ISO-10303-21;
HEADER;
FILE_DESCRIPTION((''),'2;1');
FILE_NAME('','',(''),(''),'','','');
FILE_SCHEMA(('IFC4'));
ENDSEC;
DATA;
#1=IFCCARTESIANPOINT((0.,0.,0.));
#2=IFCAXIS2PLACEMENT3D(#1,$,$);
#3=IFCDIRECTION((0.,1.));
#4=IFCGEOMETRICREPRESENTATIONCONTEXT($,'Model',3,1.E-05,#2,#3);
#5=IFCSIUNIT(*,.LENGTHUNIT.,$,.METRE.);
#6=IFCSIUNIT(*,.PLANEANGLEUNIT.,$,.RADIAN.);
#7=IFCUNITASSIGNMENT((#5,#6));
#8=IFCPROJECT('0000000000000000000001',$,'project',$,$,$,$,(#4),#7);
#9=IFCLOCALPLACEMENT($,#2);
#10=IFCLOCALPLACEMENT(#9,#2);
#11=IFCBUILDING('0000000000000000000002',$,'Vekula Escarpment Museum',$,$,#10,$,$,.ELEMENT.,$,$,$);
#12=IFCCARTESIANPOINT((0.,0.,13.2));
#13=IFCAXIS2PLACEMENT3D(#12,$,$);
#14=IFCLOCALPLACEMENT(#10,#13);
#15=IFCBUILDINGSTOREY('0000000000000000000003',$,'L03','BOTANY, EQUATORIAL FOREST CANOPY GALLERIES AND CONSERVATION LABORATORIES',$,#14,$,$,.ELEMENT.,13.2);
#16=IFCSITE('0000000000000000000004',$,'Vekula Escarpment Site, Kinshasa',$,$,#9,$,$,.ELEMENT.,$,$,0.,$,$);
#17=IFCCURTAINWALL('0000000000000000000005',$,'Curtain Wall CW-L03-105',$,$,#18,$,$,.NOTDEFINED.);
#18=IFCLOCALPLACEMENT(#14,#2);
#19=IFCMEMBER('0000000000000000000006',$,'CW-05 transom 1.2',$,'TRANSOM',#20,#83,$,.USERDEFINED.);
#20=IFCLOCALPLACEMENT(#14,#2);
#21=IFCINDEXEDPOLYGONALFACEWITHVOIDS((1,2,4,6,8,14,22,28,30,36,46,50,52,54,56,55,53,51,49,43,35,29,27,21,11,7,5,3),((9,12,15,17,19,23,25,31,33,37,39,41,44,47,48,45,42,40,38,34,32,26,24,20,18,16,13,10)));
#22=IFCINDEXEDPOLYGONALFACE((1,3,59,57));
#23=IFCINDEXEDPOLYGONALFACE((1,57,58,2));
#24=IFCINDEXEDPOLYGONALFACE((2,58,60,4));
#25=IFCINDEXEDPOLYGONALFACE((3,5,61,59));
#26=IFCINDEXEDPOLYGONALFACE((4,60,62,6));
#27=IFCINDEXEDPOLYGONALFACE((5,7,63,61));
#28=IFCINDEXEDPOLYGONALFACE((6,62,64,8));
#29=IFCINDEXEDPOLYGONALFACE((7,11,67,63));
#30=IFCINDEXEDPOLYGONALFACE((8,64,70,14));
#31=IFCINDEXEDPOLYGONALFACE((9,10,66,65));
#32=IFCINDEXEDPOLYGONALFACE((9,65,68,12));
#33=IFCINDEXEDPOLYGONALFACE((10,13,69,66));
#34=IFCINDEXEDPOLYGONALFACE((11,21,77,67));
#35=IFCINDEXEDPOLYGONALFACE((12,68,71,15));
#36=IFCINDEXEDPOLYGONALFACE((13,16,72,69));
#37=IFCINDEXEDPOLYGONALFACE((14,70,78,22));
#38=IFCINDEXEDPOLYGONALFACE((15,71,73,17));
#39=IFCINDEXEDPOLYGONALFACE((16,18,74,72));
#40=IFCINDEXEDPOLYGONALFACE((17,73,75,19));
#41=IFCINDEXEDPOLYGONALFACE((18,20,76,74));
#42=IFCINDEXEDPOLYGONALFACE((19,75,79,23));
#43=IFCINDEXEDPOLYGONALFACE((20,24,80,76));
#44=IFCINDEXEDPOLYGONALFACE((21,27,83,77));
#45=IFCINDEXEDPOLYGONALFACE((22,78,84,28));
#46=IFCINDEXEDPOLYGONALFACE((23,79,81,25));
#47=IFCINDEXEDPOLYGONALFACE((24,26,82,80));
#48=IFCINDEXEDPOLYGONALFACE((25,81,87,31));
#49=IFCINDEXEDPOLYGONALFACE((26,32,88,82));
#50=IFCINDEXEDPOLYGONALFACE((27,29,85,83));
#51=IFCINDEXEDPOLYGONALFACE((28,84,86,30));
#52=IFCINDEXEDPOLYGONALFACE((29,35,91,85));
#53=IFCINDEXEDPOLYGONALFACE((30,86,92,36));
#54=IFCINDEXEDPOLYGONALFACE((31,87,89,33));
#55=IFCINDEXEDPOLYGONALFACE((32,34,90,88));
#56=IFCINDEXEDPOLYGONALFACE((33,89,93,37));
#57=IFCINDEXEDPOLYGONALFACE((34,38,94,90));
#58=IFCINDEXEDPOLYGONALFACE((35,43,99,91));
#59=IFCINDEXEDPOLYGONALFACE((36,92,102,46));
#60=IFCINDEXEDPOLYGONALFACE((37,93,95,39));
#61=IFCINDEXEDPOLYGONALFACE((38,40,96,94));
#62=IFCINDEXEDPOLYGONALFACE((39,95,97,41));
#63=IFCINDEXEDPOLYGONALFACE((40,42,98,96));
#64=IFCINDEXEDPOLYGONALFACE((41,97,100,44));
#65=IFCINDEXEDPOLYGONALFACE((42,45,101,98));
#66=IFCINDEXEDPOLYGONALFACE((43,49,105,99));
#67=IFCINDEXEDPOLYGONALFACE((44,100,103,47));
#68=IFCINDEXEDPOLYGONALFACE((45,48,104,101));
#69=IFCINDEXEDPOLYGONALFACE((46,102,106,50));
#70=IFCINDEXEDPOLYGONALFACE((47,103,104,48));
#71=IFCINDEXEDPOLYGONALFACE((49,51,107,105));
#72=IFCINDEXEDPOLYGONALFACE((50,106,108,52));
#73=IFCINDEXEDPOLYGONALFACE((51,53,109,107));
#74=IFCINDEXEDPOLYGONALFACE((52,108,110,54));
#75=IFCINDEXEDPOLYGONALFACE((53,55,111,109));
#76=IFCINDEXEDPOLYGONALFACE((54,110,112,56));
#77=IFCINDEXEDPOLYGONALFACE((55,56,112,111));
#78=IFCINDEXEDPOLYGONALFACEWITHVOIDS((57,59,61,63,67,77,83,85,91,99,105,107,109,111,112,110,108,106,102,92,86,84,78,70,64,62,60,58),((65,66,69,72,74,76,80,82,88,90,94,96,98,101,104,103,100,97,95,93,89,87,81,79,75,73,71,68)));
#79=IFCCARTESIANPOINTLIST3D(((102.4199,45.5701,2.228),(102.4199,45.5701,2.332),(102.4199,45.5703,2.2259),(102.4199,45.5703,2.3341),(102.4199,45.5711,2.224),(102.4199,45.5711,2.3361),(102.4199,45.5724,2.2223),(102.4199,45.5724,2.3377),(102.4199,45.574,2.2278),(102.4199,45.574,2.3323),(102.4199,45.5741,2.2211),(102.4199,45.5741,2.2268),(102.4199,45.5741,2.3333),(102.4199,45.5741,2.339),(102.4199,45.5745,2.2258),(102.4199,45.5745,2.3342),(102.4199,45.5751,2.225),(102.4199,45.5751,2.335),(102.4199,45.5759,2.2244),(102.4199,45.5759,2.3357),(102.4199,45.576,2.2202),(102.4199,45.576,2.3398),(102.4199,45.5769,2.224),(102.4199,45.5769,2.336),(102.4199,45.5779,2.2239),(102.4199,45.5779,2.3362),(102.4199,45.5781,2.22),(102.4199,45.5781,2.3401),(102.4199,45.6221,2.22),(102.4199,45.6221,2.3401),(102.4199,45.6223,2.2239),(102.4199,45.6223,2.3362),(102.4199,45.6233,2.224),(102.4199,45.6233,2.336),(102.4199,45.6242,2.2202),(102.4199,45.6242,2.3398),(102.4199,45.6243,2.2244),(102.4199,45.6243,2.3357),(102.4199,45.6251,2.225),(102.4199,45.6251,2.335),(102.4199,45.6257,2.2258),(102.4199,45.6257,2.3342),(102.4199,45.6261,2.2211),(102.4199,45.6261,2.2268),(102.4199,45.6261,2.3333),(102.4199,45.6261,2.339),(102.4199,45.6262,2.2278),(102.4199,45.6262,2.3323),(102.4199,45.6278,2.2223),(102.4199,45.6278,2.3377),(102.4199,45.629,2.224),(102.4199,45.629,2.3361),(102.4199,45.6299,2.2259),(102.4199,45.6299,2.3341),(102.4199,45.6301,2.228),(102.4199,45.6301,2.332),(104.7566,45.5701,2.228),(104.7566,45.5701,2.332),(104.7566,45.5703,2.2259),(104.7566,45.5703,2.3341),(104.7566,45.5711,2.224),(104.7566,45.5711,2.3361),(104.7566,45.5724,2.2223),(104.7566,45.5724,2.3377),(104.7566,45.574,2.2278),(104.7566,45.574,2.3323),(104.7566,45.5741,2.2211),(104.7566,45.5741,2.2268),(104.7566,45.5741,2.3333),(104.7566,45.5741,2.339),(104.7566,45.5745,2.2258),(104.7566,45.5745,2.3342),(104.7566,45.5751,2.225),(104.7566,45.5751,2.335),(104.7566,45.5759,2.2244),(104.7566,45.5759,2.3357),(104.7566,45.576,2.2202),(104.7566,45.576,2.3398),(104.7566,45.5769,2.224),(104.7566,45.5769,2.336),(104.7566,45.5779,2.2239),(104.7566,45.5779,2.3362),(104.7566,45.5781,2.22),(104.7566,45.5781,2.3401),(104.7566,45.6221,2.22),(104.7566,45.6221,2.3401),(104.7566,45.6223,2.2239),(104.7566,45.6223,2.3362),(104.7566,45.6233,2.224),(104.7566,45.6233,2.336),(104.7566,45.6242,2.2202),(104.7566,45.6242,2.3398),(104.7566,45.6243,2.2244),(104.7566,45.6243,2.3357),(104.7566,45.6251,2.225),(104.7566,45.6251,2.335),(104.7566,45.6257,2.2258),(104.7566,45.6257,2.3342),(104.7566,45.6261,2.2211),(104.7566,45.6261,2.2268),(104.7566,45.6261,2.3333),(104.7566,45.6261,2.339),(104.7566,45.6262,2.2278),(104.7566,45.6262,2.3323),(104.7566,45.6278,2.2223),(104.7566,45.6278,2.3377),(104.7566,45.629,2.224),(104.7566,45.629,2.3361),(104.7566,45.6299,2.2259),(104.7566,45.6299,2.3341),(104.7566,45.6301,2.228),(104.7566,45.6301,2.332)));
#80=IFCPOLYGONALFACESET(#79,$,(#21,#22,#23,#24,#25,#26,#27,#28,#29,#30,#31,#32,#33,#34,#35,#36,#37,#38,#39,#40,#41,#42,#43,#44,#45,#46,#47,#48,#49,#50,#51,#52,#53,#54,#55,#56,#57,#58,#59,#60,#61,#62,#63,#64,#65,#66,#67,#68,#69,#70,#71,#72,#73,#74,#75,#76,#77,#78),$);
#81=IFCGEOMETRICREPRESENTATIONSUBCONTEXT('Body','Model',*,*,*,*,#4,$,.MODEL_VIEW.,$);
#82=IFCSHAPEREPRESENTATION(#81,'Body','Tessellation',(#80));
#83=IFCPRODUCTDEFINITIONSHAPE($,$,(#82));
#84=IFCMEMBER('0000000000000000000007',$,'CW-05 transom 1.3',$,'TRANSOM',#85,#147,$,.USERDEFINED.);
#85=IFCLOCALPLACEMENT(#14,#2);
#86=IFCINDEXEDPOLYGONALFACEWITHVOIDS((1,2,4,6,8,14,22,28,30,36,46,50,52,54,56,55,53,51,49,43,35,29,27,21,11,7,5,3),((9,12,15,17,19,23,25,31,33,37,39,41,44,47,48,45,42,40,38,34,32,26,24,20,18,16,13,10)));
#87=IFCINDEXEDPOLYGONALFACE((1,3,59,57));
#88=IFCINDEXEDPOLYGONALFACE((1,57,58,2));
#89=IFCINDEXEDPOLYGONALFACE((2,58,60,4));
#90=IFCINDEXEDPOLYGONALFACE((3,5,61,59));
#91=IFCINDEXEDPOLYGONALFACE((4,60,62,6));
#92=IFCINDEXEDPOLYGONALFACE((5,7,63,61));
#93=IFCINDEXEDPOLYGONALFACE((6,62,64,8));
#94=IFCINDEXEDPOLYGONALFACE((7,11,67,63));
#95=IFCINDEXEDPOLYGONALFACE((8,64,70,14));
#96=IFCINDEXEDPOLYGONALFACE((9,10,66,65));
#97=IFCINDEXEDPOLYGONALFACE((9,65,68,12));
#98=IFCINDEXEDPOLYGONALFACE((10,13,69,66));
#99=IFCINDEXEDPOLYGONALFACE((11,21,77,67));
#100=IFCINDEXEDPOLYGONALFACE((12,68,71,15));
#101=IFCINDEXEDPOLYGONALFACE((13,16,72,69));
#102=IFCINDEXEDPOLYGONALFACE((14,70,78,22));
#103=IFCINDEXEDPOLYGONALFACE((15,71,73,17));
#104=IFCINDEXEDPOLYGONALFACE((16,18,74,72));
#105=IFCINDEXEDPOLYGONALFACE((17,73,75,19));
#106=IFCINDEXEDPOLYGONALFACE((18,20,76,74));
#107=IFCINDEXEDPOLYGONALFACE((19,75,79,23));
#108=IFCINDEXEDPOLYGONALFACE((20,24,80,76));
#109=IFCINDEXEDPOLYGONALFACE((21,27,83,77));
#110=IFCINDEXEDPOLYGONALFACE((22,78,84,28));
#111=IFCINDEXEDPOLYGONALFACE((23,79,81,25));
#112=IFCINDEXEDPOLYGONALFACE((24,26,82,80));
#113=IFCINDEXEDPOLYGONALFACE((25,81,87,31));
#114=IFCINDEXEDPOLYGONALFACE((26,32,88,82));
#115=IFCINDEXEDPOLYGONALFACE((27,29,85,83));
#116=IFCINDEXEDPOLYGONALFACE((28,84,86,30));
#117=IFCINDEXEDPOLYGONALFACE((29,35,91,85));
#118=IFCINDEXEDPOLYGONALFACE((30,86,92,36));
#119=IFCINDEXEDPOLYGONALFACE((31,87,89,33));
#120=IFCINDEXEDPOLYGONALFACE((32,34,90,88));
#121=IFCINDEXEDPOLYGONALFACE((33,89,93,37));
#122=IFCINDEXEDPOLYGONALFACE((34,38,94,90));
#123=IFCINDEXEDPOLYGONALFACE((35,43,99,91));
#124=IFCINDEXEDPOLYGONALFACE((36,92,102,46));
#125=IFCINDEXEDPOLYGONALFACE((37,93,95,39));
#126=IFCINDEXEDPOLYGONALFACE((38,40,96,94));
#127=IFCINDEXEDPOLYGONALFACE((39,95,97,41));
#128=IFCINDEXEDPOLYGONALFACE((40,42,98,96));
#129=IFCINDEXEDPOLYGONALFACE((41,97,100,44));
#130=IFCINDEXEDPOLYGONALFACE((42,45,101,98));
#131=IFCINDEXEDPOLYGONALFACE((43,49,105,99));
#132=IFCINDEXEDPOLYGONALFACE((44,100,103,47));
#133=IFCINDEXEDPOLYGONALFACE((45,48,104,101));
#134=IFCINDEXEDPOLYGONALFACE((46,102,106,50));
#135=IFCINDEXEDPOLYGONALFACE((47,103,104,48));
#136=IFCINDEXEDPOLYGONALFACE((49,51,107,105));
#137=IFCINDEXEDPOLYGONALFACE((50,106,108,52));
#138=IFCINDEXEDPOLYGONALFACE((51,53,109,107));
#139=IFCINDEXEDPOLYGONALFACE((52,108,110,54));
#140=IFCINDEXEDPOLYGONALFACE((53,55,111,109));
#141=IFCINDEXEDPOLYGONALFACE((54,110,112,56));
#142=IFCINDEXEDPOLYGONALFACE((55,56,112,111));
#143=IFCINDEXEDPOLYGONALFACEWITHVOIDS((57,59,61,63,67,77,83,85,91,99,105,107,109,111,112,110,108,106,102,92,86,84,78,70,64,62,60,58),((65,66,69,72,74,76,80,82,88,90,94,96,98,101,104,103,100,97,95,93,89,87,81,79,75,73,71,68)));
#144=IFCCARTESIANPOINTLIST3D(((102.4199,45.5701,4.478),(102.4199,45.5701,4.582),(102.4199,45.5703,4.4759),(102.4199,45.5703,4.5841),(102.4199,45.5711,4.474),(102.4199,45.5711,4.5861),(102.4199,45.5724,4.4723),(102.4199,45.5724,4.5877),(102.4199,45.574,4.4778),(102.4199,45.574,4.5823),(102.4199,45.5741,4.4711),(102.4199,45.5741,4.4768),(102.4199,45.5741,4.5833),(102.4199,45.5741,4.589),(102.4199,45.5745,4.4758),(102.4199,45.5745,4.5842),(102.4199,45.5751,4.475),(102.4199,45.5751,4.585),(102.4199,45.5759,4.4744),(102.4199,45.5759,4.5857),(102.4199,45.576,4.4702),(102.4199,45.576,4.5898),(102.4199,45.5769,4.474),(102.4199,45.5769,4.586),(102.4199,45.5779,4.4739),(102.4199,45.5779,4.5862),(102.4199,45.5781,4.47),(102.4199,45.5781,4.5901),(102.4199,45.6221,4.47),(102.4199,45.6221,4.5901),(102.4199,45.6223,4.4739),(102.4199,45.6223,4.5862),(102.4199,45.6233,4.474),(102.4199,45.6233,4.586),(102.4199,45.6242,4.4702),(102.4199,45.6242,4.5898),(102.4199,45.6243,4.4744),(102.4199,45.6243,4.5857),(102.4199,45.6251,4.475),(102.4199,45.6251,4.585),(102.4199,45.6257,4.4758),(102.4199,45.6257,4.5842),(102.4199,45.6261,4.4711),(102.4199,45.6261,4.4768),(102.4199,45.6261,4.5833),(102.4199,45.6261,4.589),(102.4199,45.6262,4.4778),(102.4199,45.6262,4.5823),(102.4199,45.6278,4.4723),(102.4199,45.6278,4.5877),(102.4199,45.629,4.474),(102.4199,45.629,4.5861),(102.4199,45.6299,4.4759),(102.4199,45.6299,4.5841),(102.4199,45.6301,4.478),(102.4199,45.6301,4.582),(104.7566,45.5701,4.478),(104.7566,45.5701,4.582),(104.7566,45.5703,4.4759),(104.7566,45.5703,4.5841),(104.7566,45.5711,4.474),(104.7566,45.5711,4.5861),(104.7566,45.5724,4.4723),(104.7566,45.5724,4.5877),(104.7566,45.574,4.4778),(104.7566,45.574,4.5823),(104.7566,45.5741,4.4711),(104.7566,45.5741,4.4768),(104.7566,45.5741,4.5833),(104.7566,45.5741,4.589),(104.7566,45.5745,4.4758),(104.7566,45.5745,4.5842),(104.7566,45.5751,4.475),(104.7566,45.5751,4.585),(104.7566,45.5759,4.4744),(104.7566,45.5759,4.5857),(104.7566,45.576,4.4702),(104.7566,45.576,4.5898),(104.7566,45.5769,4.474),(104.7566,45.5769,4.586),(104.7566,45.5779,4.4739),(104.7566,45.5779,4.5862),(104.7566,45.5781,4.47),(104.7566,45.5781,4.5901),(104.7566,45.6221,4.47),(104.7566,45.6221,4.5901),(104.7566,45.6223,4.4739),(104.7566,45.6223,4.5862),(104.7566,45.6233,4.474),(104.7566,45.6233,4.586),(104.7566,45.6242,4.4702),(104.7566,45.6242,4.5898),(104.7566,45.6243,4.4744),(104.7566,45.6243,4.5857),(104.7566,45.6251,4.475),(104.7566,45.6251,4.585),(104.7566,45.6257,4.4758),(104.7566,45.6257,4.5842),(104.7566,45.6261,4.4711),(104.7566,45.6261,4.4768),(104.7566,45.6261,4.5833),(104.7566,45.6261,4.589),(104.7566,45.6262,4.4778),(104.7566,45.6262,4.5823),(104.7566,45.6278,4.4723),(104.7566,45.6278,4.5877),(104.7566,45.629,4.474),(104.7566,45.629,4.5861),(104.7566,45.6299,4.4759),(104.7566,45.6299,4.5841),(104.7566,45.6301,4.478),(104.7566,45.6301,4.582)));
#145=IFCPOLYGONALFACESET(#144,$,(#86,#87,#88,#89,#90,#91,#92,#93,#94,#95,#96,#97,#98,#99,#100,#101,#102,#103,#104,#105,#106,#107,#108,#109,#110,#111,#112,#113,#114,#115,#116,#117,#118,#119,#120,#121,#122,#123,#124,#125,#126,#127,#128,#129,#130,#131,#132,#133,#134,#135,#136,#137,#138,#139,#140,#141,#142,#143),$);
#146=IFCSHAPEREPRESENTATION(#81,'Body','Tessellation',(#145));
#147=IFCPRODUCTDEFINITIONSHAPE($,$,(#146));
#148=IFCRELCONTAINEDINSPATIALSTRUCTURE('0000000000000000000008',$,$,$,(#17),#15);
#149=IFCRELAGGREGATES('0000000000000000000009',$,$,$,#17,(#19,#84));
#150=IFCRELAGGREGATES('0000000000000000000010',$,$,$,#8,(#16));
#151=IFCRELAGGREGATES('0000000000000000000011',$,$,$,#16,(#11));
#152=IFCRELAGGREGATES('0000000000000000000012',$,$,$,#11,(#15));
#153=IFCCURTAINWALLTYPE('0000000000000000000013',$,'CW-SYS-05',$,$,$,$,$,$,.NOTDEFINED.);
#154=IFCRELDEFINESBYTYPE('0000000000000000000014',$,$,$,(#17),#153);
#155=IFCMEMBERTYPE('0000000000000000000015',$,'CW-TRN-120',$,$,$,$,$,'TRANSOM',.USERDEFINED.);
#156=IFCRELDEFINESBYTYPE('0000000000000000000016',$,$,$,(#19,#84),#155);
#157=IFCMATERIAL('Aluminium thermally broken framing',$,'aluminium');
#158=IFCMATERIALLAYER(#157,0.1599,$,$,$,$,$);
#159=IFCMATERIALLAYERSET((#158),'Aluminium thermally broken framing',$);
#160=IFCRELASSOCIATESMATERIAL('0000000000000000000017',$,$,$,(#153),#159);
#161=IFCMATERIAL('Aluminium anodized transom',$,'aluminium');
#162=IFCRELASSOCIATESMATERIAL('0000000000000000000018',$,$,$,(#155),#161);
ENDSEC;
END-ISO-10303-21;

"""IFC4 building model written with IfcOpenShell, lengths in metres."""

from ifc_helpers import new_model, si_unit, direction, frame, origin, origin_2d, place, context, subcontext, project, spatial, hollow_rectangle, extrude, material, layer, layer_set, material_profile, profile_set, type_object, element, aggregate, save


model = new_model("IFC4")

# Units and contexts
model_context = context("Model", 3, precision=1e-05, world=origin(), true_north=direction((0.0, 1.0)))
body_context = subcontext(model_context, "Body", "Model", "MODEL_VIEW")
ifc_project = project(units=[si_unit("LENGTHUNIT", "METRE"), si_unit("PLANEANGLEUNIT", "RADIAN")], contexts=[model_context])

# Site, building, storey
site_placement = place(None, origin())
site = spatial("IfcSite", under=ifc_project, at=site_placement, Name="Vekula Escarpment Site, Kinshasa", CompositionType="ELEMENT", RefElevation=0.0)
building_placement = place(site_placement, origin())
building = spatial("IfcBuilding", under=site, at=building_placement, Name="Vekula Escarpment Museum", CompositionType="ELEMENT")
storey_placement = place(building_placement, frame((0.0, 0.0, 13.2)))
storey = spatial("IfcBuildingStorey", under=building, at=storey_placement, Name="L03", Description="BOTANY, EQUATORIAL FOREST CANOPY GALLERIES AND CONSERVATION LABORATORIES", CompositionType="ELEMENT", Elevation=13.2)

# Curtain wall
ifc_material_1 = material(Name="Aluminium thermally broken framing", Category="aluminium")
ifc_layer_1 = layer(ifc_material_1, 0.1599)
ifc_layer_set_1 = layer_set([ifc_layer_1], Name="Aluminium thermally broken framing")
curtain_wall_type_1 = type_object("IfcCurtainWallType", Name="CW-SYS-05", PredefinedType="NOTDEFINED", material=ifc_layer_set_1)
curtain_wall_1_placement = place(storey_placement, origin())
curtain_wall_1 = element("IfcCurtainWall", 1, at=curtain_wall_1_placement, inside=storey, type_object=curtain_wall_type_1, Name="Curtain Wall CW-L03-105", PredefinedType="NOTDEFINED")

# Members
ifc_material_2 = material(Name="Aluminium anodized transom", Category="aluminium")
ifc_material_profile_1 = material_profile(ifc_material_2, hollow_rectangle(XDim=0.0601, YDim=0.1201, WallThickness=0.0039, InnerFilletRadius=0.0039, OuterFilletRadius=0.0081, at=origin_2d()), Name="ALU 120x60x4")
ifc_profile_set_1 = profile_set([ifc_material_profile_1], Name="Aluminium anodized transom")
member_type_1 = type_object("IfcMemberType", Name="CW-TRN-120", ElementType="TRANSOM", PredefinedType="USERDEFINED", material=ifc_profile_set_1)
member_1_placement = place(storey_placement, frame((102.4199, 45.6001, 2.28), z_axis=(1.0, 0.0, 0.0), x_axis=(0.0, 1.0, 0.0)))
member_1 = element("IfcMember", 2, at=member_1_placement, type_object=member_type_1, Name="CW-05 transom 1.2", ObjectType="TRANSOM", PredefinedType="USERDEFINED", context=body_context, shape_type="SweptSolid", body=[
    extrude(hollow_rectangle(XDim=0.0601, YDim=0.1201, WallThickness=0.0039, InnerFilletRadius=0.0039, OuterFilletRadius=0.0081, at=origin_2d()), origin(), (0.0, 0.0, 1.0), 2.3367),
])
member_2_placement = place(storey_placement, frame((102.4199, 45.6001, 4.53), z_axis=(1.0, 0.0, 0.0), x_axis=(0.0, 1.0, 0.0)))
member_2 = element("IfcMember", 3, at=member_2_placement, type_object=member_type_1, Name="CW-05 transom 1.3", ObjectType="TRANSOM", PredefinedType="USERDEFINED", context=body_context, shape_type="SweptSolid", body=[
    extrude(hollow_rectangle(XDim=0.0601, YDim=0.1201, WallThickness=0.0039, InnerFilletRadius=0.0039, OuterFilletRadius=0.0081, at=origin_2d()), origin(), (0.0, 0.0, 1.0), 2.3367),
])

aggregate(curtain_wall_1, [member_1, member_2])

save(model, "model.ifc")
